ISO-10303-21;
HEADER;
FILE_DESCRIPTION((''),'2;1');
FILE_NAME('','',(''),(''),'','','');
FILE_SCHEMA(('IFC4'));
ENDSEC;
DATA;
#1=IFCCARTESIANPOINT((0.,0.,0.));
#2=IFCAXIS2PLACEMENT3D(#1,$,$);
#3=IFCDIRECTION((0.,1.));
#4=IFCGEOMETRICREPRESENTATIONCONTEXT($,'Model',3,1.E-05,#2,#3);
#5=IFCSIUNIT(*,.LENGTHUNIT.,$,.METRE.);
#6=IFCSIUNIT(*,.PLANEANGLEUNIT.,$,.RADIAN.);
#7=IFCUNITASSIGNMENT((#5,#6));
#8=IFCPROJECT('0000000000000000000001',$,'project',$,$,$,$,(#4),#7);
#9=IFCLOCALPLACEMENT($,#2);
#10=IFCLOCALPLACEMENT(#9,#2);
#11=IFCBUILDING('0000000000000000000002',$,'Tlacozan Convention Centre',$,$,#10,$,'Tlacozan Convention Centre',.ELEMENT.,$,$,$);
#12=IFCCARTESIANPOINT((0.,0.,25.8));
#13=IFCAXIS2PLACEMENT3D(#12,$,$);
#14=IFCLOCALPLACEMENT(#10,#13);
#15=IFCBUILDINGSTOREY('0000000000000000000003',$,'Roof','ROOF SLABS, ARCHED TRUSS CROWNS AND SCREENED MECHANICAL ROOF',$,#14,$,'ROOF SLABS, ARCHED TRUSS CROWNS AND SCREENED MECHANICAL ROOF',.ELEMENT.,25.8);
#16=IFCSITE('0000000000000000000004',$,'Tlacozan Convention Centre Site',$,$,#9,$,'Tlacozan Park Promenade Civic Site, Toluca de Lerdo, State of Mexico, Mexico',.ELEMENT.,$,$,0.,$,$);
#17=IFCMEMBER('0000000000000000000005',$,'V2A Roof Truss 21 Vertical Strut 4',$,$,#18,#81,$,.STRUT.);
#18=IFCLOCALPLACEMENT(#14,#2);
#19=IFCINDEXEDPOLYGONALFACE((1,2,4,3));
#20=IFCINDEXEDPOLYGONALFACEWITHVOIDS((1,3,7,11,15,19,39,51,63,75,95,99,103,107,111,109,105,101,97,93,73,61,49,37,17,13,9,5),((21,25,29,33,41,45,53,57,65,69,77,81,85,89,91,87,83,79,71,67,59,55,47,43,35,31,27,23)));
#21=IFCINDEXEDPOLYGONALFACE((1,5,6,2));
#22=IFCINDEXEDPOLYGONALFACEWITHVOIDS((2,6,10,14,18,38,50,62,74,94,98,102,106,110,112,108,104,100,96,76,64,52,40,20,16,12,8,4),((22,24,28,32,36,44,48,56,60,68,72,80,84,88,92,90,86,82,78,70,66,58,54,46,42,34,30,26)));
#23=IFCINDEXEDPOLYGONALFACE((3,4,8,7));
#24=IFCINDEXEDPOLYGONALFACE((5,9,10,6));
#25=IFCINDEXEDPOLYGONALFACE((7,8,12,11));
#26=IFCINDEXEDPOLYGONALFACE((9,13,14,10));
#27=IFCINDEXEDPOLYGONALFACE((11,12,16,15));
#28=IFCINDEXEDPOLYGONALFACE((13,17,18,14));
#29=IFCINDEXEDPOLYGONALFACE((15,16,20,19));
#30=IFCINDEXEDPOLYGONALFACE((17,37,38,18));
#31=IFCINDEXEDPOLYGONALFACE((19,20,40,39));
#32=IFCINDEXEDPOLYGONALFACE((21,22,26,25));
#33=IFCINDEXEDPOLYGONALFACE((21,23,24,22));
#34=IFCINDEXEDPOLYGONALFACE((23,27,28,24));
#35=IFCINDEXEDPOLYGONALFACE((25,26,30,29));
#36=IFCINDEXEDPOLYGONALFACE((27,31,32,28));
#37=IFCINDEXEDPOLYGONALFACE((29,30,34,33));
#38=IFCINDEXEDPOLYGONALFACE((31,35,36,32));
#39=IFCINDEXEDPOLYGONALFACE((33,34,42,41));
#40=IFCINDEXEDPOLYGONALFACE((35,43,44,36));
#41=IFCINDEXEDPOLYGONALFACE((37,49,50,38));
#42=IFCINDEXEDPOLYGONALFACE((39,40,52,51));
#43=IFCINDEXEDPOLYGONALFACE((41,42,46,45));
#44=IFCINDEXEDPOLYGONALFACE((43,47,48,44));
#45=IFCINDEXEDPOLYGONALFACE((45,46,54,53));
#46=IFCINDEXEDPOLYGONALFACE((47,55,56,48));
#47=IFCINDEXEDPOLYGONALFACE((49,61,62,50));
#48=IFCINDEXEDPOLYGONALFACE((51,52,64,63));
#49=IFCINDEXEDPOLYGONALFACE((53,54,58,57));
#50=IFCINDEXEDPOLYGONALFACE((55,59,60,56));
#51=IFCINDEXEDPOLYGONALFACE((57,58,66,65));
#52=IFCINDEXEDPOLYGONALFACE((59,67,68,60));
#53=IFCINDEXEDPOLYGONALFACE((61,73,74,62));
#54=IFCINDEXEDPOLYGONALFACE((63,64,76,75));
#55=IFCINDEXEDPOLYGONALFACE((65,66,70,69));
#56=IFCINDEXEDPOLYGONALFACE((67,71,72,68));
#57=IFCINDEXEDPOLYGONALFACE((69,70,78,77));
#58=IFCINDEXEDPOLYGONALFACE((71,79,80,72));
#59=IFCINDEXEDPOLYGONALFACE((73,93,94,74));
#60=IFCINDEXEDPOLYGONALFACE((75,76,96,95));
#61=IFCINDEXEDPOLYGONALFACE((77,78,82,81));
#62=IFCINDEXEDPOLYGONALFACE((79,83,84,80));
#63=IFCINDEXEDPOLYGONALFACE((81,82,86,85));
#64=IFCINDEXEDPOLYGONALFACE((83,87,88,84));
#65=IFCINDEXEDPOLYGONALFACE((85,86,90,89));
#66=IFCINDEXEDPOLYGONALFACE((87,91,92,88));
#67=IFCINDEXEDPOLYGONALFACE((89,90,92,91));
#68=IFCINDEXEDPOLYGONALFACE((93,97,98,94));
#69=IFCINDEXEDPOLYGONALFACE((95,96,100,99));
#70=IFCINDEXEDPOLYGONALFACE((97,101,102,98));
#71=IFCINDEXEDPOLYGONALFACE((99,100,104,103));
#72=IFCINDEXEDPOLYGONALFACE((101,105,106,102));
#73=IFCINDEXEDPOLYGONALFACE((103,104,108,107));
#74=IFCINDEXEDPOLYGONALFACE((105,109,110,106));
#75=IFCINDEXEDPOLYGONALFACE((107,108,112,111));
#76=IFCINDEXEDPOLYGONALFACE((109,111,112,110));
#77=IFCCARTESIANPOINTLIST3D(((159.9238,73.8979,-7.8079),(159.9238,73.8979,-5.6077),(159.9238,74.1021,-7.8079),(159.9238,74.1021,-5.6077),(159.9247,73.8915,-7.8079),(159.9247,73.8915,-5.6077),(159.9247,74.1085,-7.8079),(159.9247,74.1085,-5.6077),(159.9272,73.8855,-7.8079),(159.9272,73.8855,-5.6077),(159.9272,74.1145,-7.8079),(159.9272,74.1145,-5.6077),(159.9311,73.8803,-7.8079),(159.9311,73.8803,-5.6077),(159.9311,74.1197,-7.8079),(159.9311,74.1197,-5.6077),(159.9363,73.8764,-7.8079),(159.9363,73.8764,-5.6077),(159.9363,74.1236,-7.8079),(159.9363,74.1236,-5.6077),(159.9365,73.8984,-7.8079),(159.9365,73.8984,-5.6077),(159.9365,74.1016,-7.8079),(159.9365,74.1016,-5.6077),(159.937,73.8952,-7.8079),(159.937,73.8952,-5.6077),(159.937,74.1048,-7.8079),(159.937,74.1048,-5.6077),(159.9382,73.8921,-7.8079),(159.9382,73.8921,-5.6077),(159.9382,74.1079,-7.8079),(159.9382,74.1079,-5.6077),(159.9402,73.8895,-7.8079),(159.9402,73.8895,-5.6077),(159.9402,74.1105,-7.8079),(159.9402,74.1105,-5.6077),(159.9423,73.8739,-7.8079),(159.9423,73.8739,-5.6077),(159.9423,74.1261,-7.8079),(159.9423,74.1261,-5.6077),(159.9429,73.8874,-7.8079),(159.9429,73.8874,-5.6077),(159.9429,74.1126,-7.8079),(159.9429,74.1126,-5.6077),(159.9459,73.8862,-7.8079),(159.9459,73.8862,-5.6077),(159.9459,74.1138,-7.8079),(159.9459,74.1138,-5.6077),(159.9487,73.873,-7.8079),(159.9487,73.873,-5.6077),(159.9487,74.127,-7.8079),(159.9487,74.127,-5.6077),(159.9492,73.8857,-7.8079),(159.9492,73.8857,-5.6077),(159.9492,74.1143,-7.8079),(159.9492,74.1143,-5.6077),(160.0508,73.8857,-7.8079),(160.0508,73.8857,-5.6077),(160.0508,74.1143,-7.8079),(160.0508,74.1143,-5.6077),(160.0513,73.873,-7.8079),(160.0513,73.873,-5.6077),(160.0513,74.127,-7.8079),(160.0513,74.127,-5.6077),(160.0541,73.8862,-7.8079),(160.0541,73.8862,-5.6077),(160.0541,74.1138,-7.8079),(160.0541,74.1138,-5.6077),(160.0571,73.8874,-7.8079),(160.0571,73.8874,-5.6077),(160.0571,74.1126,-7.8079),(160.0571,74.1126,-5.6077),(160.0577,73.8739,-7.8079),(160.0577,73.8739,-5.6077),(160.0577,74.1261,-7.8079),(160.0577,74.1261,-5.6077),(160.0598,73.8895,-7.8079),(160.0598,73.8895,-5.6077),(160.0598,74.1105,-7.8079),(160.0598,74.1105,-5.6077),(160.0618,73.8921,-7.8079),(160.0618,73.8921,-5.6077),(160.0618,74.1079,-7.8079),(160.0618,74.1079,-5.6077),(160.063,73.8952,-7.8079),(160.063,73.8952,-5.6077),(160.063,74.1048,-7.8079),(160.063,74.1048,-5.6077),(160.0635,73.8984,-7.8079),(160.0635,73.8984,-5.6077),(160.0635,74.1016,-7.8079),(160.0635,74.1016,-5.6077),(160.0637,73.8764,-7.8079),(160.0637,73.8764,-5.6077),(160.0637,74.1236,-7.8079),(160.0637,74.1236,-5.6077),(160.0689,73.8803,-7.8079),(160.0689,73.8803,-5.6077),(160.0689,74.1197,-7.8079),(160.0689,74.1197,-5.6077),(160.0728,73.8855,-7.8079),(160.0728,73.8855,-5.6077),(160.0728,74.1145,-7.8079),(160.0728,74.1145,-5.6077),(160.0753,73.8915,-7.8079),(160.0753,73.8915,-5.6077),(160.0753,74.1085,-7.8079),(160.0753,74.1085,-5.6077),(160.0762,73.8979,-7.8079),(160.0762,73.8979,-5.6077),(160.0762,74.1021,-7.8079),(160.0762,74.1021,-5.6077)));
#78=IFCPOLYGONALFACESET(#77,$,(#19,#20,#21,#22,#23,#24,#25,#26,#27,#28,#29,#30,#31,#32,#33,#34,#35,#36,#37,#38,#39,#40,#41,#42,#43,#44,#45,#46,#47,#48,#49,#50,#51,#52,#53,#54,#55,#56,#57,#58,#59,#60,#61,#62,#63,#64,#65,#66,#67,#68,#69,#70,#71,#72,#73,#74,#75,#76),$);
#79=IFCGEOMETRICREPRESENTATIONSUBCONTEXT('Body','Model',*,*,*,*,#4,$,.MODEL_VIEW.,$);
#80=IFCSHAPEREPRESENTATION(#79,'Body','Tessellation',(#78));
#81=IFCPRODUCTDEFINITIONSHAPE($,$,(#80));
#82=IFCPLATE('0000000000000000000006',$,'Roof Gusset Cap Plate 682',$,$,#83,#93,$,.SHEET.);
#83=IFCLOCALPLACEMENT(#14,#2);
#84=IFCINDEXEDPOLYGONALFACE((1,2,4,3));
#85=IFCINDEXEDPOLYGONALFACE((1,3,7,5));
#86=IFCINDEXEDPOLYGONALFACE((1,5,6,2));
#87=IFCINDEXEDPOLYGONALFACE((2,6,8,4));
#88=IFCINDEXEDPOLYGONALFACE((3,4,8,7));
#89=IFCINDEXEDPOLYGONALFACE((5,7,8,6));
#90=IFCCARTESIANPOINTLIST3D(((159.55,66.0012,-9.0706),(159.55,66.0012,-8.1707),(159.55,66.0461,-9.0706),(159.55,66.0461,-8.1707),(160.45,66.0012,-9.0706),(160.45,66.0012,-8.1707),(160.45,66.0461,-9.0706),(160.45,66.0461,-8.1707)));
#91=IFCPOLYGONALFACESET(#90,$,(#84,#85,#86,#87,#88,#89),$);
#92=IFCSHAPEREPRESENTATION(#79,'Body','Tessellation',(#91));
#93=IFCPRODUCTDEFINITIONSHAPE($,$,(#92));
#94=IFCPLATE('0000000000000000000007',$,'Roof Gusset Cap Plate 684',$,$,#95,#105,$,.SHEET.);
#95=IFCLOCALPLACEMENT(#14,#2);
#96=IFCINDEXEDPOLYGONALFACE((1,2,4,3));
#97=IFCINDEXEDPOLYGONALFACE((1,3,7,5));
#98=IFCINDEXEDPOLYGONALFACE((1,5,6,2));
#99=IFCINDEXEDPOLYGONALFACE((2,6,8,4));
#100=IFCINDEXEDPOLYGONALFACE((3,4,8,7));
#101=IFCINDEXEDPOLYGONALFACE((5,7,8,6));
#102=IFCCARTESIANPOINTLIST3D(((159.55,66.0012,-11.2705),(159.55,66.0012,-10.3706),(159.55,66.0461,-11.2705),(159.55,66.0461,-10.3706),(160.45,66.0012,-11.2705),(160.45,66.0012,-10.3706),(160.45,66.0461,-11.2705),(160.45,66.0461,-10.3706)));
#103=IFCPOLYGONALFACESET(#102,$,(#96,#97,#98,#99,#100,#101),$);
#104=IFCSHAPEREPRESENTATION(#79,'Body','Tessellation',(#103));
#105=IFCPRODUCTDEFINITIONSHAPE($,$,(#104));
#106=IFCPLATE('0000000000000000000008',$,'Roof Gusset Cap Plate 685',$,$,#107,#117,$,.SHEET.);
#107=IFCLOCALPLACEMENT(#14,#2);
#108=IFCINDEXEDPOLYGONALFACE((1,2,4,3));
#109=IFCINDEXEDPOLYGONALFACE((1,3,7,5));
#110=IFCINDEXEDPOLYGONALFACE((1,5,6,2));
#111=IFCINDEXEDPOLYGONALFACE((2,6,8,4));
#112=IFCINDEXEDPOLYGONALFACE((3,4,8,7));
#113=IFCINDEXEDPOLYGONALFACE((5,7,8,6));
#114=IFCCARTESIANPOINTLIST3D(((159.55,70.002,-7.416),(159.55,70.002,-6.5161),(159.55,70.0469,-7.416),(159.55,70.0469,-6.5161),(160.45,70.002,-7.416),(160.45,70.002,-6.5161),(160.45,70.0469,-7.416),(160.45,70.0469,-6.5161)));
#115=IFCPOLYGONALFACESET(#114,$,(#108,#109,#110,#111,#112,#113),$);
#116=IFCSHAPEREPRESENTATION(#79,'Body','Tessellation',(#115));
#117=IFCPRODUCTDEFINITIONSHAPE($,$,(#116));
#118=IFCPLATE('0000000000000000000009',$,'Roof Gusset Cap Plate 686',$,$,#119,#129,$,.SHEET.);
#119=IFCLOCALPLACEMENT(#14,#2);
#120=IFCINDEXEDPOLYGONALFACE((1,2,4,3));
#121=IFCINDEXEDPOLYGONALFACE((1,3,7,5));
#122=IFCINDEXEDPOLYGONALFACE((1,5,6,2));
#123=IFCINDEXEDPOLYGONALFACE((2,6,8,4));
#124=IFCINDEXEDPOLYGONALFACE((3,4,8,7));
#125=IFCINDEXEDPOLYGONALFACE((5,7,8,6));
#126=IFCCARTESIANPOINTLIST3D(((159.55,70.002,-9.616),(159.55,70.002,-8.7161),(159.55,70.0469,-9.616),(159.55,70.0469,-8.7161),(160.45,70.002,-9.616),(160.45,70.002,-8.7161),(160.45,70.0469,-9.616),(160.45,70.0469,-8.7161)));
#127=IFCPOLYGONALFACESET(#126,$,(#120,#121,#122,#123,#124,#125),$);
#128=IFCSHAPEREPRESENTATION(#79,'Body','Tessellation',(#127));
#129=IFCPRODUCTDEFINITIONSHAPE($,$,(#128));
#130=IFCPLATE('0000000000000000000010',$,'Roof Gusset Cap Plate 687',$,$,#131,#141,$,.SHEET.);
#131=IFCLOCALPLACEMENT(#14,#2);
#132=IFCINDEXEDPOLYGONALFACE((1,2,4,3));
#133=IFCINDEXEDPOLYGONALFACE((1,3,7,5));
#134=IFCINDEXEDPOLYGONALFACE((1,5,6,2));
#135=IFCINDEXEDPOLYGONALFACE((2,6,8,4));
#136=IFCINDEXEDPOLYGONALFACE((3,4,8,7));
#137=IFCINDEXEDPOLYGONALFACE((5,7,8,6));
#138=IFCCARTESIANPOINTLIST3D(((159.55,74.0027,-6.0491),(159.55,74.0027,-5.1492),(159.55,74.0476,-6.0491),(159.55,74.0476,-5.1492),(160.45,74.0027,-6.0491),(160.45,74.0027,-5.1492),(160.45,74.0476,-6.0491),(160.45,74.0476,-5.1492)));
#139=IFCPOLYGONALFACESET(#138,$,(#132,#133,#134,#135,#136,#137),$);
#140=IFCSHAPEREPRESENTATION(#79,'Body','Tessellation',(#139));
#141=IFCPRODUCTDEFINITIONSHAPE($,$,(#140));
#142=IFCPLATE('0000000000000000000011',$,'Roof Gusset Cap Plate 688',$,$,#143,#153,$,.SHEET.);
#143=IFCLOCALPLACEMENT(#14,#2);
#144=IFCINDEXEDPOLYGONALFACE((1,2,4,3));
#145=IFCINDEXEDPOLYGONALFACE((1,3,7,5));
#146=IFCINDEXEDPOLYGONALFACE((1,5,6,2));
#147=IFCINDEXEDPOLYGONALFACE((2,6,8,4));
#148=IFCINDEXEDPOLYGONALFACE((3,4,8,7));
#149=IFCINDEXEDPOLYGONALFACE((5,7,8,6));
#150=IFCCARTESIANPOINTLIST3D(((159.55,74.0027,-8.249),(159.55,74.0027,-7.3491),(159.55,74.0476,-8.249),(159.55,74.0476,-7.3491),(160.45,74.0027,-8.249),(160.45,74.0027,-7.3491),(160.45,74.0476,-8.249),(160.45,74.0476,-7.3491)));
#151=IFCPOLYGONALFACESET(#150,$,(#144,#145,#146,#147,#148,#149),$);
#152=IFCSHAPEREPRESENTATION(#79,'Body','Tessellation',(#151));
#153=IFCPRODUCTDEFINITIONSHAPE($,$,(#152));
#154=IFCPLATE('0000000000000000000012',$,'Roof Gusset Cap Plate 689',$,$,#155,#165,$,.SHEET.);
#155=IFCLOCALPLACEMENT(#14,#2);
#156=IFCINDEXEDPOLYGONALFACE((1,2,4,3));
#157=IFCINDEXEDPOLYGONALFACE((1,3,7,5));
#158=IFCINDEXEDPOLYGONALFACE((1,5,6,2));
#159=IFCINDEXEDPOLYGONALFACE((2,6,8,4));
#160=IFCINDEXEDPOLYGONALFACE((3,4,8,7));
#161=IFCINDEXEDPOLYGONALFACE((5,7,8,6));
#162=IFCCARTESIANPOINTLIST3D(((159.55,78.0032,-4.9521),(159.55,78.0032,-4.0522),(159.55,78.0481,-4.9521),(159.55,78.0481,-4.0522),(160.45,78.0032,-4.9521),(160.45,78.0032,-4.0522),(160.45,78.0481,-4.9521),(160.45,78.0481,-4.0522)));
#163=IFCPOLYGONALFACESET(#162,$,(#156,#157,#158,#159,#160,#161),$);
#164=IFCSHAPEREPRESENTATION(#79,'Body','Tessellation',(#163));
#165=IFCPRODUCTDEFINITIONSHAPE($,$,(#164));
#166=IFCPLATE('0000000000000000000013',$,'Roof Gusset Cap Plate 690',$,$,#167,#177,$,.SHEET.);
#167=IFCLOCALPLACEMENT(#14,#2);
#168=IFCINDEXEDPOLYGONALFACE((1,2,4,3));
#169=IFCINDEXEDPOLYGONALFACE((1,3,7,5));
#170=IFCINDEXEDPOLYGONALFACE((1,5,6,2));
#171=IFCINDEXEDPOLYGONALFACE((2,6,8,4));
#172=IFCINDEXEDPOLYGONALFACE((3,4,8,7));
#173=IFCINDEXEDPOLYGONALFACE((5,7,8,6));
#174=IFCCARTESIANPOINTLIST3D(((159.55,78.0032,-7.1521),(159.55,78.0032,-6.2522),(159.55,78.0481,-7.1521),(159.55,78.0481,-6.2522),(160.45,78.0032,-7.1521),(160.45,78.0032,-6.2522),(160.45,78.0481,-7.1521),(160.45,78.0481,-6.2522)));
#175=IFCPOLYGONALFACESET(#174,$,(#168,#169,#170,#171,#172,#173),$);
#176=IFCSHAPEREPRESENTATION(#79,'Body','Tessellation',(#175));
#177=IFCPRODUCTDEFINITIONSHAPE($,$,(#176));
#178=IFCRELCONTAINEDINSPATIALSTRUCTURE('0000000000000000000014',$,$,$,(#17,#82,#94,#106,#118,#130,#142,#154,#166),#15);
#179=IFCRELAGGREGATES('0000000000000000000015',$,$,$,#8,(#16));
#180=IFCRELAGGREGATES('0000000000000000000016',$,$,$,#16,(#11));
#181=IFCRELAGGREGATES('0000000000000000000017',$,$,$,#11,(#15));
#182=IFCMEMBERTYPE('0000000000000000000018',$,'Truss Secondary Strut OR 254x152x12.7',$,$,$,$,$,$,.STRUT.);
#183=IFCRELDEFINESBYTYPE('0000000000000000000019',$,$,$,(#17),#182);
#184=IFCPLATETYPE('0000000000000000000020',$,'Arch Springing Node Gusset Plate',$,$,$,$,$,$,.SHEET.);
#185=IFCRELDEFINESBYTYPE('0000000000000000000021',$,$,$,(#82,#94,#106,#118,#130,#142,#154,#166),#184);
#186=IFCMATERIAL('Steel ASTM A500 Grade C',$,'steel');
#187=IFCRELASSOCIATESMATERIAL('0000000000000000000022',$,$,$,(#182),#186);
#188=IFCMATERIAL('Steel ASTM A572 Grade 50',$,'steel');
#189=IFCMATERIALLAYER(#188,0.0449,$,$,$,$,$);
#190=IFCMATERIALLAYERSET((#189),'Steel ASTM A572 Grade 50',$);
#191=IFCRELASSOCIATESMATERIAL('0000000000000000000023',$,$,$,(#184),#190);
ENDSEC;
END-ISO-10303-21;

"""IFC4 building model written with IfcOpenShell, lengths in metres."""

from ifc_helpers import new_model, si_unit, direction, frame, origin, origin_2d, place, context, subcontext, project, spatial, rectangle, hollow_rectangle, extrude, material, layer, layer_set, material_profile, profile_set, type_object, element, save


model = new_model("IFC4")

# Units and contexts
model_context = context("Model", 3, precision=1e-05, world=origin(), true_north=direction((0.0, 1.0)))
body_context = subcontext(model_context, "Body", "Model", "MODEL_VIEW")
ifc_project = project(units=[si_unit("LENGTHUNIT", "METRE"), si_unit("PLANEANGLEUNIT", "RADIAN")], contexts=[model_context])

# Site, building, storey
site_placement = place(None, origin())
site = spatial("IfcSite", under=ifc_project, at=site_placement, Name="Tlacozan Convention Centre Site", LongName="Tlacozan Park Promenade Civic Site, Toluca de Lerdo, State of Mexico, Mexico", CompositionType="ELEMENT", RefElevation=0.0)
building_placement = place(site_placement, origin())
building = spatial("IfcBuilding", under=site, at=building_placement, Name="Tlacozan Convention Centre", LongName="Tlacozan Convention Centre", CompositionType="ELEMENT")
storey_placement = place(building_placement, frame((0.0, 0.0, 25.8)))
storey = spatial("IfcBuildingStorey", under=building, at=storey_placement, Name="Roof", Description="ROOF SLABS, ARCHED TRUSS CROWNS AND SCREENED MECHANICAL ROOF", LongName="ROOF SLABS, ARCHED TRUSS CROWNS AND SCREENED MECHANICAL ROOF", CompositionType="ELEMENT", Elevation=25.8)

# Member
ifc_material_1 = material(Name="Steel ASTM A500 Grade C", Category="steel")
ifc_material_profile_1 = material_profile(ifc_material_1, hollow_rectangle(XDim=0.1523, YDim=0.2539, WallThickness=0.0127, InnerFilletRadius=0.0127, OuterFilletRadius=0.0249, at=origin_2d()), Name="OR 254x152x12.7")
ifc_profile_set_1 = profile_set([ifc_material_profile_1], Name="Steel ASTM A500 Grade C")
member_type_1 = type_object("IfcMemberType", Name="Truss Secondary Strut OR 254x152x12.7", PredefinedType="STRUT", material=ifc_profile_set_1)
member_1_placement = place(storey_placement, frame((160.0, 74.0, -7.8079), z_axis=(0.0, 0.0, 1.0), x_axis=(1.0, 0.0, 0.0)))
element("IfcMember", 1, at=member_1_placement, inside=storey, type_object=member_type_1, Name="V2A Roof Truss 21 Vertical Strut 4", PredefinedType="STRUT", context=body_context, shape_type="SweptSolid", body=[
    extrude(hollow_rectangle(XDim=0.1523, YDim=0.2539, WallThickness=0.0127, InnerFilletRadius=0.0127, OuterFilletRadius=0.0249, at=origin_2d()), origin(), (0.0, 0.0, 1.0), 2.2002),
])

# Plates
ifc_material_2 = material(Name="Steel ASTM A572 Grade 50", Category="steel")
ifc_layer = layer(ifc_material_2, 0.0449)
ifc_layer_set = layer_set([ifc_layer], Name="Steel ASTM A572 Grade 50")
plate_type = type_object("IfcPlateType", Name="Arch Springing Node Gusset Plate", PredefinedType="SHEET", material=ifc_layer_set)
for number, where, z_axis, x_axis, name in (
    (2, (160.0, 66.0237, -9.0706), (0.0, 0.0, 1.0), (0.0, 1.0, 0.0), "Roof Gusset Cap Plate 682"),
    (3, (160.0, 66.0237, -11.2705), (0.0, 0.0, 1.0), (0.0, 1.0, 0.0), "Roof Gusset Cap Plate 684"),
    (4, (160.0, 70.0244, -7.416), (0.0, 0.0, 1.0), (0.0, 1.0, 0.0), "Roof Gusset Cap Plate 685"),
    (5, (160.0, 70.0244, -9.616), (0.0, 0.0, 1.0), (0.0, 1.0, 0.0), "Roof Gusset Cap Plate 686"),
    (6, (160.0, 74.0251, -6.0491), (0.0, 0.0, 1.0), (0.0, 1.0, 0.0), "Roof Gusset Cap Plate 687"),
    (7, (160.0, 74.0251, -8.249), (0.0, 0.0, 1.0), (0.0, 1.0, 0.0), "Roof Gusset Cap Plate 688"),
    (8, (160.0, 78.0256, -4.9521), (0.0, 0.0, 1.0), (0.0, 1.0, 0.0), "Roof Gusset Cap Plate 689"),
    (9, (160.0, 78.0256, -7.1521), (0.0, 0.0, 1.0), (0.0, 1.0, 0.0), "Roof Gusset Cap Plate 690"),
):
    element("IfcPlate", number, at=place(storey_placement, frame(where, z_axis=z_axis, x_axis=x_axis)), inside=storey, type_object=plate_type, Name=name, PredefinedType="SHEET", context=body_context, shape_type="SweptSolid", body=[
        extrude(rectangle(XDim=0.0449, YDim=0.8999, at=origin_2d()), origin(), (0.0, 0.0, 1.0), 0.8999),
    ])

save(model, "model.ifc")
